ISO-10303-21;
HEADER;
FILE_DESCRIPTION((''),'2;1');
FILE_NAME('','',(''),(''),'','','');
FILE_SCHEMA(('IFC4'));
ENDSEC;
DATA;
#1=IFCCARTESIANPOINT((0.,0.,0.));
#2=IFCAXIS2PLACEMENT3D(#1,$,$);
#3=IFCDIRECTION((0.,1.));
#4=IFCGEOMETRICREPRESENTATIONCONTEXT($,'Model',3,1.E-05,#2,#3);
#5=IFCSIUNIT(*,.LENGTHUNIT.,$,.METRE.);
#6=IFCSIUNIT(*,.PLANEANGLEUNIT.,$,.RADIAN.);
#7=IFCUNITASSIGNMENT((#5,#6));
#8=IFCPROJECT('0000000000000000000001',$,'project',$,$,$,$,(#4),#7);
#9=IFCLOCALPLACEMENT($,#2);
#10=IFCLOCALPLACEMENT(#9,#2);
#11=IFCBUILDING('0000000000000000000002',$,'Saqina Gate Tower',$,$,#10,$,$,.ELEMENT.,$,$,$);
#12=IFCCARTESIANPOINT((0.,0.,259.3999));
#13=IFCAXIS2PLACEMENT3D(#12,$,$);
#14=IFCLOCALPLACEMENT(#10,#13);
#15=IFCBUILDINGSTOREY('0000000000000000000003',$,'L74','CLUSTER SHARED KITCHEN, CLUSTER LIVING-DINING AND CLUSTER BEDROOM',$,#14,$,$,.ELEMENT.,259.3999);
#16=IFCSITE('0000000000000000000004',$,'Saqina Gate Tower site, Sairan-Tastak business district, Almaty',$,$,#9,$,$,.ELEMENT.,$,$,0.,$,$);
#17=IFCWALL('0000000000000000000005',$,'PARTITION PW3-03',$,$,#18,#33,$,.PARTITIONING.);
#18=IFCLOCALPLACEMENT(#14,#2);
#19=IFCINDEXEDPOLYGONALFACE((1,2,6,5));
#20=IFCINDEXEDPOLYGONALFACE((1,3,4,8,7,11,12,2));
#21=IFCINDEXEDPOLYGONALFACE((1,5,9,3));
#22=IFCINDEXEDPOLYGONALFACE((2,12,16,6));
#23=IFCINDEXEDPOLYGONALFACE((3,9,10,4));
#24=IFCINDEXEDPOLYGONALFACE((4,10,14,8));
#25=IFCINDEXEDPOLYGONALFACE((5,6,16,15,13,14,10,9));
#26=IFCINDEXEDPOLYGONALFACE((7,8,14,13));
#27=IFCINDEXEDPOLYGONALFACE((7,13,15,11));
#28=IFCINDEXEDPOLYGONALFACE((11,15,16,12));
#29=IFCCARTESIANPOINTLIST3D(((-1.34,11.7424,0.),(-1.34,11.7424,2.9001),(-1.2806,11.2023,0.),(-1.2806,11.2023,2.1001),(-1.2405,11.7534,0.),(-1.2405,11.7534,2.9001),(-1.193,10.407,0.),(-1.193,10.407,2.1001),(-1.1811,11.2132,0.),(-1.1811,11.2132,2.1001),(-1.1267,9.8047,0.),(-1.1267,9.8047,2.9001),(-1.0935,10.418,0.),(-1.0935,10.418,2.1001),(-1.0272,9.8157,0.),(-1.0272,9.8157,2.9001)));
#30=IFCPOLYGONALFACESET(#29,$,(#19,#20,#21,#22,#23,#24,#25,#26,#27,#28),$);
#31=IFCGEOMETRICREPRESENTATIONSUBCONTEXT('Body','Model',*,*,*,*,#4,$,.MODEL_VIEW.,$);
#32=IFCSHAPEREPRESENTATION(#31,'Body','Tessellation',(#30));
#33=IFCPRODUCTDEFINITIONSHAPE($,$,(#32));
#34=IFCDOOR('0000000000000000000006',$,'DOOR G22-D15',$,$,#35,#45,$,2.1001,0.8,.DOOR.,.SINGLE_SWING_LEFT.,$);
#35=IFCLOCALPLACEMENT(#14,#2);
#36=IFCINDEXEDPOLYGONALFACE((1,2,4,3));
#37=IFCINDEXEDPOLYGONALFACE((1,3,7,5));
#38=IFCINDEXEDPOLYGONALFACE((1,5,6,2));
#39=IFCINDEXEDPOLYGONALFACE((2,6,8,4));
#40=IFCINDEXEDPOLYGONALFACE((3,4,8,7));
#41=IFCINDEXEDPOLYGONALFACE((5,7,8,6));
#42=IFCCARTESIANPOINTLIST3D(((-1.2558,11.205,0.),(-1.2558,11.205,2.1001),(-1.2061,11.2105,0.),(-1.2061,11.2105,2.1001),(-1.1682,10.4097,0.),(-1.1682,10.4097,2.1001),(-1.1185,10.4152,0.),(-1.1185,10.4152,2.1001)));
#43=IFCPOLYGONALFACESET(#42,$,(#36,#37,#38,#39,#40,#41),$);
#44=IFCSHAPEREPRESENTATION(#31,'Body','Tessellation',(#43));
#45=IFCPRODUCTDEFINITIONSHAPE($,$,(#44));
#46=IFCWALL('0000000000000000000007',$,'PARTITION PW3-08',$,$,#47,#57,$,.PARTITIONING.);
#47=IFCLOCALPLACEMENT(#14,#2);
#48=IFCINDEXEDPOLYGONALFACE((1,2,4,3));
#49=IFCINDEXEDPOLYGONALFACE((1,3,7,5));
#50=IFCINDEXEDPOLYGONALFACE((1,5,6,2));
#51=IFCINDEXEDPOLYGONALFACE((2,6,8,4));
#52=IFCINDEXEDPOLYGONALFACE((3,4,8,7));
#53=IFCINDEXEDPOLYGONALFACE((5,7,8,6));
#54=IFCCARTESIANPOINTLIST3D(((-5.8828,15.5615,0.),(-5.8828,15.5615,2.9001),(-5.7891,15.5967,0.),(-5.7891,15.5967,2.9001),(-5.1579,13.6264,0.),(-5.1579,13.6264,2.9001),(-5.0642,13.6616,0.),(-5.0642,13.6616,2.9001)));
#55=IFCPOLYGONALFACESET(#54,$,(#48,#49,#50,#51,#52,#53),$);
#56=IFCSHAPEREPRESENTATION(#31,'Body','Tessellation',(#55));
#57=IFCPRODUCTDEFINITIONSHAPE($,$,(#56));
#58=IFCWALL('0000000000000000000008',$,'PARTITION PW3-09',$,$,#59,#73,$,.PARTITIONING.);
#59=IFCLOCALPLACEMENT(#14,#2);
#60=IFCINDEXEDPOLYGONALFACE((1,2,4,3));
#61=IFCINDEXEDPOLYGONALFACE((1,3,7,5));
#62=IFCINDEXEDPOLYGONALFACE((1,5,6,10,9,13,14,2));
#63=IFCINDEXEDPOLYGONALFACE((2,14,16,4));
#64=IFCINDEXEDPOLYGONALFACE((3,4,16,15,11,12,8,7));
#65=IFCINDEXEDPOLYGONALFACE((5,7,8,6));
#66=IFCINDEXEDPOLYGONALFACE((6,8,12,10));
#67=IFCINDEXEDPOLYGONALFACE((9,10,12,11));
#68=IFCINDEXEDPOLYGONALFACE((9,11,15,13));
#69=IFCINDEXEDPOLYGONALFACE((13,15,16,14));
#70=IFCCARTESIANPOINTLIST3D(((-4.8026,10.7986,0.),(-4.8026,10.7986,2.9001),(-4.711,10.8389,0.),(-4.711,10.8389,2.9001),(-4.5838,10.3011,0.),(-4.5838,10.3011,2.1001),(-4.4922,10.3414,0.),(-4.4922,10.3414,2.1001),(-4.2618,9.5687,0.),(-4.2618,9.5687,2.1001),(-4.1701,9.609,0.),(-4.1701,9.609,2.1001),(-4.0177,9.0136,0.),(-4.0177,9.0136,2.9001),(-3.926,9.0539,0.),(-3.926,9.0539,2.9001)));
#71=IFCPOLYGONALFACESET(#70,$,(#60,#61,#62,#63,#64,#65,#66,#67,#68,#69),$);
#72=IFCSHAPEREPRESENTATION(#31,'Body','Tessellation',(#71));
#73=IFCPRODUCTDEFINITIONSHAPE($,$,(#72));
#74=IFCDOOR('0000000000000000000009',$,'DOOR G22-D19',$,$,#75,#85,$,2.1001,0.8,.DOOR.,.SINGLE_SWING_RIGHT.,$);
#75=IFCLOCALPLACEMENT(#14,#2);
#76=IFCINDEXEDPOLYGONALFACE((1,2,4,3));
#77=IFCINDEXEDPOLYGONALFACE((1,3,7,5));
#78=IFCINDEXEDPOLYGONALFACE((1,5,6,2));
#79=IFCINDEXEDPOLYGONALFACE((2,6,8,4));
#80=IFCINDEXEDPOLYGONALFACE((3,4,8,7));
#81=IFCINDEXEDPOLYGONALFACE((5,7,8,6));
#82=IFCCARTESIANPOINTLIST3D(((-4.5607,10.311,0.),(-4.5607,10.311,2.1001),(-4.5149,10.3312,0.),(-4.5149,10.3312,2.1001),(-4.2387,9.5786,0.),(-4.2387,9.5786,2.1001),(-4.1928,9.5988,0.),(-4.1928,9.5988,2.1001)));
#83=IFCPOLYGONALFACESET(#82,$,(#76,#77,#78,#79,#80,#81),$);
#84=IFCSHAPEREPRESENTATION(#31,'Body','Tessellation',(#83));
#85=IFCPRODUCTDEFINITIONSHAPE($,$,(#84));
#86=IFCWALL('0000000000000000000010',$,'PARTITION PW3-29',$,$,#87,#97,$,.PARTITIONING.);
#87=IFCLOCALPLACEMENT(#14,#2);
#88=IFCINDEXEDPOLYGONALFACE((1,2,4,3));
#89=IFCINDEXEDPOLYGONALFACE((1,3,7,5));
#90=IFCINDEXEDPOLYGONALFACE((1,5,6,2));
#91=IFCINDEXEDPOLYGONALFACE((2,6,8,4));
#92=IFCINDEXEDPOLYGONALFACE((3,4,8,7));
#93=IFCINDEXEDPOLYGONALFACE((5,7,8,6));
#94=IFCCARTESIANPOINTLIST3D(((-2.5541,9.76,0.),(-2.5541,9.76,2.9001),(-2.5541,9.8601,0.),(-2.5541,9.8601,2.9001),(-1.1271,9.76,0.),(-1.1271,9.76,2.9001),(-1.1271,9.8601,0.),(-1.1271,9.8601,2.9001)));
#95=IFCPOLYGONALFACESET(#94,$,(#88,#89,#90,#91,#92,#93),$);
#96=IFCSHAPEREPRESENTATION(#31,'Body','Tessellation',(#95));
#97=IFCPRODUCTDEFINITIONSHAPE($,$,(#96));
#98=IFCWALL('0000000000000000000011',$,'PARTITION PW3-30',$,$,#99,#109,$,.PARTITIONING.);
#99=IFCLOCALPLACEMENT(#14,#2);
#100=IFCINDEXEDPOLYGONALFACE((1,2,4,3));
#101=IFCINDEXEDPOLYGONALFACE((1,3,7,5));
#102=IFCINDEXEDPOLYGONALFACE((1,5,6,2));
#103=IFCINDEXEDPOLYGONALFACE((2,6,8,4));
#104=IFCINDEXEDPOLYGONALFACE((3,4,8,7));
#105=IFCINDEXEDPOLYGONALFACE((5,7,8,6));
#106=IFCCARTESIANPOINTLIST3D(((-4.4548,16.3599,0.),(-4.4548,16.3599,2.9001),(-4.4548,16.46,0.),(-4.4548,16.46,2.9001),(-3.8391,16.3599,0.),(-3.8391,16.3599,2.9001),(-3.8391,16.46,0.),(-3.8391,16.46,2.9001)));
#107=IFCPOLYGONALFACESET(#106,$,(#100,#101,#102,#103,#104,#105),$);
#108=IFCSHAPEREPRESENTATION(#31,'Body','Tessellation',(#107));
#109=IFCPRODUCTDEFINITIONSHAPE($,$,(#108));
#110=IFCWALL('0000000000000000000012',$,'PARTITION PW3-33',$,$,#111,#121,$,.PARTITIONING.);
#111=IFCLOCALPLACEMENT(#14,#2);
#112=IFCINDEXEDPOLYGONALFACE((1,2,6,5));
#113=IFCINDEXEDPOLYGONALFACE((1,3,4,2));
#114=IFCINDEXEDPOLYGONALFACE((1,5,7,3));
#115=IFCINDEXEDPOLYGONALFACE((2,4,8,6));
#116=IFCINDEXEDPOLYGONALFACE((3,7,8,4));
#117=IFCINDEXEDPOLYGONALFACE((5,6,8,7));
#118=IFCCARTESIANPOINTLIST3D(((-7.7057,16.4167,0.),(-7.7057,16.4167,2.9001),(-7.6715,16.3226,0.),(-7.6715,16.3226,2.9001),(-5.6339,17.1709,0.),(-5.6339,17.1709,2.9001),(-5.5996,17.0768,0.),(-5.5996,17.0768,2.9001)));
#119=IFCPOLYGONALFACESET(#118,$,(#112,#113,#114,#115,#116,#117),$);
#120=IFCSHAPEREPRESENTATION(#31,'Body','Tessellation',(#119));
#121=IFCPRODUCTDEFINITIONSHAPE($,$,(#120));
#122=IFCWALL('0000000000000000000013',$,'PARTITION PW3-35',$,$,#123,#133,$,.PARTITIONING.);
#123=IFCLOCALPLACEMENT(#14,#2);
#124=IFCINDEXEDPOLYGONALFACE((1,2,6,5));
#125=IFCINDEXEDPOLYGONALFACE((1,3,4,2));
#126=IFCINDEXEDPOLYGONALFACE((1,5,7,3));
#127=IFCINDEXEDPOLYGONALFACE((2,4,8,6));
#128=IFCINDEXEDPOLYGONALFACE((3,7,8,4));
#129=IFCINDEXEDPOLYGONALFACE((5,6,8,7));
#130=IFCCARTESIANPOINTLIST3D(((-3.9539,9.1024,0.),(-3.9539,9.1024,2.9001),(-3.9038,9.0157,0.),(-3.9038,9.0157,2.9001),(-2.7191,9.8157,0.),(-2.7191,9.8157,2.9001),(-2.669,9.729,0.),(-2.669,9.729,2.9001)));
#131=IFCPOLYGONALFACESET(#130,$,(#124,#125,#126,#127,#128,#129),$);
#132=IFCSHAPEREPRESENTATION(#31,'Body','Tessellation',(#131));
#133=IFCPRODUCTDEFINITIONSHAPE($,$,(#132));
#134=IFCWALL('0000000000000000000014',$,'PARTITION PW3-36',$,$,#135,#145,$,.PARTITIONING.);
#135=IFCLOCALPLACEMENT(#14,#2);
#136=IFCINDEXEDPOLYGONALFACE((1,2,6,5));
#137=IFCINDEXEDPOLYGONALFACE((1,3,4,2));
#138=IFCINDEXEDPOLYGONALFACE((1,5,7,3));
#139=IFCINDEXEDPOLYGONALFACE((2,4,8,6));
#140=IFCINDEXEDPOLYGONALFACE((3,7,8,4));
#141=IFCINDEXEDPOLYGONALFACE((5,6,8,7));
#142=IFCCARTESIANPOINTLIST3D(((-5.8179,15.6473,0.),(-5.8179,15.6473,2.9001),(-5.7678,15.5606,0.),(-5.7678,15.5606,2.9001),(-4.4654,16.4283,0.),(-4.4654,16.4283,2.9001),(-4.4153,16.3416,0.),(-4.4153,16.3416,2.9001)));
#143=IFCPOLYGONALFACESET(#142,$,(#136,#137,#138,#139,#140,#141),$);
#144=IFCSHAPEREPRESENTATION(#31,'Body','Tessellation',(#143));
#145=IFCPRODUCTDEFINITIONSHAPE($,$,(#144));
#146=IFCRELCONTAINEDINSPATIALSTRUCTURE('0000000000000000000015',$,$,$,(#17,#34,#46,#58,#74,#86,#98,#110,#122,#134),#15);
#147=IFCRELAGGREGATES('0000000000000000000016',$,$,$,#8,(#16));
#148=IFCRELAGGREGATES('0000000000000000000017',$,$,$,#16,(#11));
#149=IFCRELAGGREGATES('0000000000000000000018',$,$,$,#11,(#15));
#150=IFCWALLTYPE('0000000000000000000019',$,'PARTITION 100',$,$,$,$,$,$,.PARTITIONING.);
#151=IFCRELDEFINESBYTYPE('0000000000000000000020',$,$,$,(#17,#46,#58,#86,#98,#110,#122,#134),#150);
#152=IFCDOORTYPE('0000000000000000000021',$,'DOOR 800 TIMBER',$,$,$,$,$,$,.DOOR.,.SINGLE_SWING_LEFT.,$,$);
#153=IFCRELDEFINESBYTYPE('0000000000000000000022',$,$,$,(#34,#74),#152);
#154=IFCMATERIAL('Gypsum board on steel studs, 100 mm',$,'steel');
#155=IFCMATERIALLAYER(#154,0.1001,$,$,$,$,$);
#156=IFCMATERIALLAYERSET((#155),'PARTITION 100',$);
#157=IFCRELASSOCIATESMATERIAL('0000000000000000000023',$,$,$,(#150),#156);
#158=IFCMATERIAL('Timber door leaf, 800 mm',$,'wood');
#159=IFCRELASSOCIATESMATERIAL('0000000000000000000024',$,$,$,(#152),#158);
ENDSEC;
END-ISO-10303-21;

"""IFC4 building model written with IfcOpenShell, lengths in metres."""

from ifc_helpers import new_model, si_unit, direction, frame, frame_2d, origin, place, context, subcontext, project, spatial, rectangle, extrude, material, layer, layer_set, type_object, element, fill, save


model = new_model("IFC4")

# Units and contexts
model_context = context("Model", 3, precision=1e-05, world=origin(), true_north=direction((0.0, 1.0)))
body_context = subcontext(model_context, "Body", "Model", "MODEL_VIEW")
ifc_project = project(units=[si_unit("LENGTHUNIT", "METRE"), si_unit("PLANEANGLEUNIT", "RADIAN")], contexts=[model_context])

# Site, building, storey
site_placement = place(None, origin())
site = spatial("IfcSite", under=ifc_project, at=site_placement, Name="Saqina Gate Tower site, Sairan-Tastak business district, Almaty", CompositionType="ELEMENT", RefElevation=0.0)
building_placement = place(site_placement, origin())
building = spatial("IfcBuilding", under=site, at=building_placement, Name="Saqina Gate Tower", CompositionType="ELEMENT")
storey_placement = place(building_placement, frame((0.0, 0.0, 259.3999)))
storey = spatial("IfcBuildingStorey", under=building, at=storey_placement, Name="L74", Description="CLUSTER SHARED KITCHEN, CLUSTER LIVING-DINING AND CLUSTER BEDROOM", CompositionType="ELEMENT", Elevation=259.3999)

# Wall, opening, door
ifc_material_1 = material(Name="Gypsum board on steel studs, 100 mm", Category="steel")
ifc_layer_1 = layer(ifc_material_1, 0.1001)
ifc_layer_set_1 = layer_set([ifc_layer_1], Name="PARTITION 100")
wall_type_1 = type_object("IfcWallType", Name="PARTITION 100", PredefinedType="PARTITIONING", material=ifc_layer_set_1)
wall_1_placement = place(storey_placement, frame((-1.2903, 11.7478, 0.0), z_axis=(0.0, 0.0, 1.0), x_axis=(0.109456, -0.993992, 0.0)))
wall_1 = element("IfcWall", 1, at=wall_1_placement, inside=storey, type_object=wall_type_1, Name="PARTITION PW3-03", PredefinedType="PARTITIONING", context=body_context, shape_type="SweptSolid", body=[
    extrude(rectangle(XDim=1.9495, YDim=0.1001, at=frame_2d((0.9746, 0.0))), origin(), (0.0, 0.0, 1.0), 2.9001),
])
opening_1_placement = place(wall_1_placement, frame((0.5435, 0.0, 0.0)))
opening_1 = element("IfcOpeningElement", 2, at=opening_1_placement, cuts=wall_1, PredefinedType="OPENING", context=body_context, shape_type="SweptSolid", body=[
    extrude(rectangle(XDim=0.8, YDim=2.1001, at=frame_2d((0.3999, 1.05))), frame((0.0, 0.062, 0.0), z_axis=(0.0, -1.0, 0.0), x_axis=(1.0, 0.0, 0.0)), (0.0, 0.0, 1.0), 0.124),
])
ifc_material_2 = material(Name="Timber door leaf, 800 mm", Category="wood")
door_type_1 = type_object("IfcDoorType", Name="DOOR 800 TIMBER", OperationType="SINGLE_SWING_LEFT", PredefinedType="DOOR", material=ifc_material_2)
door_1_placement = place(opening_1_placement, origin())
door_1 = element("IfcDoor", 3, at=door_1_placement, inside=storey, type_object=door_type_1, Name="DOOR G22-D15", OperationType="SINGLE_SWING_LEFT", OverallHeight=2.1001, OverallWidth=0.8, PredefinedType="DOOR", context=body_context, shape_type="SweptSolid", body=[
    extrude(rectangle(XDim=0.8, YDim=2.1001, at=frame_2d((0.3999, 1.05))), frame((0.0, 0.0249, 0.0), z_axis=(0.0, -1.0, 0.0), x_axis=(1.0, 0.0, 0.0)), (0.0, 0.0, 1.0), 0.05),
])
fill(opening_1, door_1)

# Wall
wall_2_placement = place(storey_placement, frame((-5.8359, 15.5791, 0.0), z_axis=(0.0, 0.0, 1.0), x_axis=(0.350787, -0.936455, 0.0)))
element("IfcWall", 4, at=wall_2_placement, inside=storey, type_object=wall_type_1, Name="PARTITION PW3-08", PredefinedType="PARTITIONING", context=body_context, shape_type="SweptSolid", body=[
    extrude(rectangle(XDim=2.0664, YDim=0.1001, at=frame_2d((1.0332, 0.0))), origin(), (0.0, 0.0, 1.0), 2.9001),
])

# Wall, opening, door
wall_3_placement = place(storey_placement, frame((-4.7568, 10.8188, 0.0), z_axis=(0.0, 0.0, 1.0), x_axis=(0.402546, -0.9154, 0.0)))
wall_3 = element("IfcWall", 5, at=wall_3_placement, inside=storey, type_object=wall_type_1, Name="PARTITION PW3-09", PredefinedType="PARTITIONING", context=body_context, shape_type="SweptSolid", body=[
    extrude(rectangle(XDim=1.95, YDim=0.1001, at=frame_2d((0.9751, 0.0))), origin(), (0.0, 0.0, 1.0), 2.9001),
])
opening_2_placement = place(wall_3_placement, frame((0.5437, 0.0, 0.0)))
opening_2 = element("IfcOpeningElement", 6, at=opening_2_placement, cuts=wall_3, PredefinedType="OPENING", context=body_context, shape_type="SweptSolid", body=[
    extrude(rectangle(XDim=0.8, YDim=2.1001, at=frame_2d((0.3999, 1.05))), frame((0.0, 0.062, 0.0), z_axis=(0.0, -1.0, 0.0), x_axis=(1.0, 0.0, 0.0)), (0.0, 0.0, 1.0), 0.124),
])
door_2_placement = place(opening_2_placement, frame((0.8, 0.0, 0.0), z_axis=(0.0, 0.0, 1.0), x_axis=(-1.0, 0.0, 0.0)))
door_2 = element("IfcDoor", 7, at=door_2_placement, inside=storey, type_object=door_type_1, Name="DOOR G22-D19", OperationType="SINGLE_SWING_RIGHT", OverallHeight=2.1001, OverallWidth=0.8, PredefinedType="DOOR", context=body_context, shape_type="SweptSolid", body=[
    extrude(rectangle(XDim=0.8, YDim=2.1001, at=frame_2d((0.3999, 1.05))), frame((0.0, 0.0249, 0.0), z_axis=(0.0, -1.0, 0.0), x_axis=(1.0, 0.0, 0.0)), (0.0, 0.0, 1.0), 0.05),
])
fill(opening_2, door_2)

# Walls
wall_4_placement = place(storey_placement, frame((-2.554, 9.8101, 0.0), z_axis=(0.0, 0.0, 1.0), x_axis=(1.0, 0.0, 0.0)))
element("IfcWall", 8, at=wall_4_placement, inside=storey, type_object=wall_type_1, Name="PARTITION PW3-29", PredefinedType="PARTITIONING", context=body_context, shape_type="SweptSolid", body=[
    extrude(rectangle(XDim=1.427, YDim=0.1001, at=frame_2d((0.7134, 0.0))), origin(), (0.0, 0.0, 1.0), 2.9001),
])
wall_5_placement = place(storey_placement, frame((-4.4548, 16.4099, 0.0), z_axis=(0.0, 0.0, 1.0), x_axis=(1.0, 0.0, 0.0)))
element("IfcWall", 9, at=wall_5_placement, inside=storey, type_object=wall_type_1, Name="PARTITION PW3-30", PredefinedType="PARTITIONING", context=body_context, shape_type="SweptSolid", body=[
    extrude(rectangle(XDim=0.6157, YDim=0.1001, at=frame_2d((0.3079, 0.0))), origin(), (0.0, 0.0, 1.0), 2.9001),
])
wall_6_placement = place(storey_placement, frame((-7.6887, 16.3696, 0.0), z_axis=(0.0, 0.0, 1.0), x_axis=(0.93968, 0.342054, 0.0)))
element("IfcWall", 10, at=wall_6_placement, inside=storey, type_object=wall_type_1, Name="PARTITION PW3-33", PredefinedType="PARTITIONING", context=body_context, shape_type="SweptSolid", body=[
    extrude(rectangle(XDim=2.2048, YDim=0.1001, at=frame_2d((1.1025, 0.0))), origin(), (0.0, 0.0, 1.0), 2.9001),
])
wall_7_placement = place(storey_placement, frame((-3.9287, 9.0591, 0.0), z_axis=(0.0, 0.0, 1.0), x_axis=(0.865895, 0.500226, 0.0)))
element("IfcWall", 11, at=wall_7_placement, inside=storey, type_object=wall_type_1, Name="PARTITION PW3-35", PredefinedType="PARTITIONING", context=body_context, shape_type="SweptSolid", body=[
    extrude(rectangle(XDim=1.426, YDim=0.1001, at=frame_2d((0.7129, 0.0))), origin(), (0.0, 0.0, 1.0), 2.9001),
])
wall_8_placement = place(storey_placement, frame((-5.7927, 15.604, 0.0), z_axis=(0.0, 0.0, 1.0), x_axis=(0.865993, 0.500056, 0.0)))
element("IfcWall", 12, at=wall_8_placement, inside=storey, type_object=wall_type_1, Name="PARTITION PW3-36", PredefinedType="PARTITIONING", context=body_context, shape_type="SweptSolid", body=[
    extrude(rectangle(XDim=1.5618, YDim=0.1001, at=frame_2d((0.7808, 0.0))), origin(), (0.0, 0.0, 1.0), 2.9001),
])

save(model, "model.ifc")
